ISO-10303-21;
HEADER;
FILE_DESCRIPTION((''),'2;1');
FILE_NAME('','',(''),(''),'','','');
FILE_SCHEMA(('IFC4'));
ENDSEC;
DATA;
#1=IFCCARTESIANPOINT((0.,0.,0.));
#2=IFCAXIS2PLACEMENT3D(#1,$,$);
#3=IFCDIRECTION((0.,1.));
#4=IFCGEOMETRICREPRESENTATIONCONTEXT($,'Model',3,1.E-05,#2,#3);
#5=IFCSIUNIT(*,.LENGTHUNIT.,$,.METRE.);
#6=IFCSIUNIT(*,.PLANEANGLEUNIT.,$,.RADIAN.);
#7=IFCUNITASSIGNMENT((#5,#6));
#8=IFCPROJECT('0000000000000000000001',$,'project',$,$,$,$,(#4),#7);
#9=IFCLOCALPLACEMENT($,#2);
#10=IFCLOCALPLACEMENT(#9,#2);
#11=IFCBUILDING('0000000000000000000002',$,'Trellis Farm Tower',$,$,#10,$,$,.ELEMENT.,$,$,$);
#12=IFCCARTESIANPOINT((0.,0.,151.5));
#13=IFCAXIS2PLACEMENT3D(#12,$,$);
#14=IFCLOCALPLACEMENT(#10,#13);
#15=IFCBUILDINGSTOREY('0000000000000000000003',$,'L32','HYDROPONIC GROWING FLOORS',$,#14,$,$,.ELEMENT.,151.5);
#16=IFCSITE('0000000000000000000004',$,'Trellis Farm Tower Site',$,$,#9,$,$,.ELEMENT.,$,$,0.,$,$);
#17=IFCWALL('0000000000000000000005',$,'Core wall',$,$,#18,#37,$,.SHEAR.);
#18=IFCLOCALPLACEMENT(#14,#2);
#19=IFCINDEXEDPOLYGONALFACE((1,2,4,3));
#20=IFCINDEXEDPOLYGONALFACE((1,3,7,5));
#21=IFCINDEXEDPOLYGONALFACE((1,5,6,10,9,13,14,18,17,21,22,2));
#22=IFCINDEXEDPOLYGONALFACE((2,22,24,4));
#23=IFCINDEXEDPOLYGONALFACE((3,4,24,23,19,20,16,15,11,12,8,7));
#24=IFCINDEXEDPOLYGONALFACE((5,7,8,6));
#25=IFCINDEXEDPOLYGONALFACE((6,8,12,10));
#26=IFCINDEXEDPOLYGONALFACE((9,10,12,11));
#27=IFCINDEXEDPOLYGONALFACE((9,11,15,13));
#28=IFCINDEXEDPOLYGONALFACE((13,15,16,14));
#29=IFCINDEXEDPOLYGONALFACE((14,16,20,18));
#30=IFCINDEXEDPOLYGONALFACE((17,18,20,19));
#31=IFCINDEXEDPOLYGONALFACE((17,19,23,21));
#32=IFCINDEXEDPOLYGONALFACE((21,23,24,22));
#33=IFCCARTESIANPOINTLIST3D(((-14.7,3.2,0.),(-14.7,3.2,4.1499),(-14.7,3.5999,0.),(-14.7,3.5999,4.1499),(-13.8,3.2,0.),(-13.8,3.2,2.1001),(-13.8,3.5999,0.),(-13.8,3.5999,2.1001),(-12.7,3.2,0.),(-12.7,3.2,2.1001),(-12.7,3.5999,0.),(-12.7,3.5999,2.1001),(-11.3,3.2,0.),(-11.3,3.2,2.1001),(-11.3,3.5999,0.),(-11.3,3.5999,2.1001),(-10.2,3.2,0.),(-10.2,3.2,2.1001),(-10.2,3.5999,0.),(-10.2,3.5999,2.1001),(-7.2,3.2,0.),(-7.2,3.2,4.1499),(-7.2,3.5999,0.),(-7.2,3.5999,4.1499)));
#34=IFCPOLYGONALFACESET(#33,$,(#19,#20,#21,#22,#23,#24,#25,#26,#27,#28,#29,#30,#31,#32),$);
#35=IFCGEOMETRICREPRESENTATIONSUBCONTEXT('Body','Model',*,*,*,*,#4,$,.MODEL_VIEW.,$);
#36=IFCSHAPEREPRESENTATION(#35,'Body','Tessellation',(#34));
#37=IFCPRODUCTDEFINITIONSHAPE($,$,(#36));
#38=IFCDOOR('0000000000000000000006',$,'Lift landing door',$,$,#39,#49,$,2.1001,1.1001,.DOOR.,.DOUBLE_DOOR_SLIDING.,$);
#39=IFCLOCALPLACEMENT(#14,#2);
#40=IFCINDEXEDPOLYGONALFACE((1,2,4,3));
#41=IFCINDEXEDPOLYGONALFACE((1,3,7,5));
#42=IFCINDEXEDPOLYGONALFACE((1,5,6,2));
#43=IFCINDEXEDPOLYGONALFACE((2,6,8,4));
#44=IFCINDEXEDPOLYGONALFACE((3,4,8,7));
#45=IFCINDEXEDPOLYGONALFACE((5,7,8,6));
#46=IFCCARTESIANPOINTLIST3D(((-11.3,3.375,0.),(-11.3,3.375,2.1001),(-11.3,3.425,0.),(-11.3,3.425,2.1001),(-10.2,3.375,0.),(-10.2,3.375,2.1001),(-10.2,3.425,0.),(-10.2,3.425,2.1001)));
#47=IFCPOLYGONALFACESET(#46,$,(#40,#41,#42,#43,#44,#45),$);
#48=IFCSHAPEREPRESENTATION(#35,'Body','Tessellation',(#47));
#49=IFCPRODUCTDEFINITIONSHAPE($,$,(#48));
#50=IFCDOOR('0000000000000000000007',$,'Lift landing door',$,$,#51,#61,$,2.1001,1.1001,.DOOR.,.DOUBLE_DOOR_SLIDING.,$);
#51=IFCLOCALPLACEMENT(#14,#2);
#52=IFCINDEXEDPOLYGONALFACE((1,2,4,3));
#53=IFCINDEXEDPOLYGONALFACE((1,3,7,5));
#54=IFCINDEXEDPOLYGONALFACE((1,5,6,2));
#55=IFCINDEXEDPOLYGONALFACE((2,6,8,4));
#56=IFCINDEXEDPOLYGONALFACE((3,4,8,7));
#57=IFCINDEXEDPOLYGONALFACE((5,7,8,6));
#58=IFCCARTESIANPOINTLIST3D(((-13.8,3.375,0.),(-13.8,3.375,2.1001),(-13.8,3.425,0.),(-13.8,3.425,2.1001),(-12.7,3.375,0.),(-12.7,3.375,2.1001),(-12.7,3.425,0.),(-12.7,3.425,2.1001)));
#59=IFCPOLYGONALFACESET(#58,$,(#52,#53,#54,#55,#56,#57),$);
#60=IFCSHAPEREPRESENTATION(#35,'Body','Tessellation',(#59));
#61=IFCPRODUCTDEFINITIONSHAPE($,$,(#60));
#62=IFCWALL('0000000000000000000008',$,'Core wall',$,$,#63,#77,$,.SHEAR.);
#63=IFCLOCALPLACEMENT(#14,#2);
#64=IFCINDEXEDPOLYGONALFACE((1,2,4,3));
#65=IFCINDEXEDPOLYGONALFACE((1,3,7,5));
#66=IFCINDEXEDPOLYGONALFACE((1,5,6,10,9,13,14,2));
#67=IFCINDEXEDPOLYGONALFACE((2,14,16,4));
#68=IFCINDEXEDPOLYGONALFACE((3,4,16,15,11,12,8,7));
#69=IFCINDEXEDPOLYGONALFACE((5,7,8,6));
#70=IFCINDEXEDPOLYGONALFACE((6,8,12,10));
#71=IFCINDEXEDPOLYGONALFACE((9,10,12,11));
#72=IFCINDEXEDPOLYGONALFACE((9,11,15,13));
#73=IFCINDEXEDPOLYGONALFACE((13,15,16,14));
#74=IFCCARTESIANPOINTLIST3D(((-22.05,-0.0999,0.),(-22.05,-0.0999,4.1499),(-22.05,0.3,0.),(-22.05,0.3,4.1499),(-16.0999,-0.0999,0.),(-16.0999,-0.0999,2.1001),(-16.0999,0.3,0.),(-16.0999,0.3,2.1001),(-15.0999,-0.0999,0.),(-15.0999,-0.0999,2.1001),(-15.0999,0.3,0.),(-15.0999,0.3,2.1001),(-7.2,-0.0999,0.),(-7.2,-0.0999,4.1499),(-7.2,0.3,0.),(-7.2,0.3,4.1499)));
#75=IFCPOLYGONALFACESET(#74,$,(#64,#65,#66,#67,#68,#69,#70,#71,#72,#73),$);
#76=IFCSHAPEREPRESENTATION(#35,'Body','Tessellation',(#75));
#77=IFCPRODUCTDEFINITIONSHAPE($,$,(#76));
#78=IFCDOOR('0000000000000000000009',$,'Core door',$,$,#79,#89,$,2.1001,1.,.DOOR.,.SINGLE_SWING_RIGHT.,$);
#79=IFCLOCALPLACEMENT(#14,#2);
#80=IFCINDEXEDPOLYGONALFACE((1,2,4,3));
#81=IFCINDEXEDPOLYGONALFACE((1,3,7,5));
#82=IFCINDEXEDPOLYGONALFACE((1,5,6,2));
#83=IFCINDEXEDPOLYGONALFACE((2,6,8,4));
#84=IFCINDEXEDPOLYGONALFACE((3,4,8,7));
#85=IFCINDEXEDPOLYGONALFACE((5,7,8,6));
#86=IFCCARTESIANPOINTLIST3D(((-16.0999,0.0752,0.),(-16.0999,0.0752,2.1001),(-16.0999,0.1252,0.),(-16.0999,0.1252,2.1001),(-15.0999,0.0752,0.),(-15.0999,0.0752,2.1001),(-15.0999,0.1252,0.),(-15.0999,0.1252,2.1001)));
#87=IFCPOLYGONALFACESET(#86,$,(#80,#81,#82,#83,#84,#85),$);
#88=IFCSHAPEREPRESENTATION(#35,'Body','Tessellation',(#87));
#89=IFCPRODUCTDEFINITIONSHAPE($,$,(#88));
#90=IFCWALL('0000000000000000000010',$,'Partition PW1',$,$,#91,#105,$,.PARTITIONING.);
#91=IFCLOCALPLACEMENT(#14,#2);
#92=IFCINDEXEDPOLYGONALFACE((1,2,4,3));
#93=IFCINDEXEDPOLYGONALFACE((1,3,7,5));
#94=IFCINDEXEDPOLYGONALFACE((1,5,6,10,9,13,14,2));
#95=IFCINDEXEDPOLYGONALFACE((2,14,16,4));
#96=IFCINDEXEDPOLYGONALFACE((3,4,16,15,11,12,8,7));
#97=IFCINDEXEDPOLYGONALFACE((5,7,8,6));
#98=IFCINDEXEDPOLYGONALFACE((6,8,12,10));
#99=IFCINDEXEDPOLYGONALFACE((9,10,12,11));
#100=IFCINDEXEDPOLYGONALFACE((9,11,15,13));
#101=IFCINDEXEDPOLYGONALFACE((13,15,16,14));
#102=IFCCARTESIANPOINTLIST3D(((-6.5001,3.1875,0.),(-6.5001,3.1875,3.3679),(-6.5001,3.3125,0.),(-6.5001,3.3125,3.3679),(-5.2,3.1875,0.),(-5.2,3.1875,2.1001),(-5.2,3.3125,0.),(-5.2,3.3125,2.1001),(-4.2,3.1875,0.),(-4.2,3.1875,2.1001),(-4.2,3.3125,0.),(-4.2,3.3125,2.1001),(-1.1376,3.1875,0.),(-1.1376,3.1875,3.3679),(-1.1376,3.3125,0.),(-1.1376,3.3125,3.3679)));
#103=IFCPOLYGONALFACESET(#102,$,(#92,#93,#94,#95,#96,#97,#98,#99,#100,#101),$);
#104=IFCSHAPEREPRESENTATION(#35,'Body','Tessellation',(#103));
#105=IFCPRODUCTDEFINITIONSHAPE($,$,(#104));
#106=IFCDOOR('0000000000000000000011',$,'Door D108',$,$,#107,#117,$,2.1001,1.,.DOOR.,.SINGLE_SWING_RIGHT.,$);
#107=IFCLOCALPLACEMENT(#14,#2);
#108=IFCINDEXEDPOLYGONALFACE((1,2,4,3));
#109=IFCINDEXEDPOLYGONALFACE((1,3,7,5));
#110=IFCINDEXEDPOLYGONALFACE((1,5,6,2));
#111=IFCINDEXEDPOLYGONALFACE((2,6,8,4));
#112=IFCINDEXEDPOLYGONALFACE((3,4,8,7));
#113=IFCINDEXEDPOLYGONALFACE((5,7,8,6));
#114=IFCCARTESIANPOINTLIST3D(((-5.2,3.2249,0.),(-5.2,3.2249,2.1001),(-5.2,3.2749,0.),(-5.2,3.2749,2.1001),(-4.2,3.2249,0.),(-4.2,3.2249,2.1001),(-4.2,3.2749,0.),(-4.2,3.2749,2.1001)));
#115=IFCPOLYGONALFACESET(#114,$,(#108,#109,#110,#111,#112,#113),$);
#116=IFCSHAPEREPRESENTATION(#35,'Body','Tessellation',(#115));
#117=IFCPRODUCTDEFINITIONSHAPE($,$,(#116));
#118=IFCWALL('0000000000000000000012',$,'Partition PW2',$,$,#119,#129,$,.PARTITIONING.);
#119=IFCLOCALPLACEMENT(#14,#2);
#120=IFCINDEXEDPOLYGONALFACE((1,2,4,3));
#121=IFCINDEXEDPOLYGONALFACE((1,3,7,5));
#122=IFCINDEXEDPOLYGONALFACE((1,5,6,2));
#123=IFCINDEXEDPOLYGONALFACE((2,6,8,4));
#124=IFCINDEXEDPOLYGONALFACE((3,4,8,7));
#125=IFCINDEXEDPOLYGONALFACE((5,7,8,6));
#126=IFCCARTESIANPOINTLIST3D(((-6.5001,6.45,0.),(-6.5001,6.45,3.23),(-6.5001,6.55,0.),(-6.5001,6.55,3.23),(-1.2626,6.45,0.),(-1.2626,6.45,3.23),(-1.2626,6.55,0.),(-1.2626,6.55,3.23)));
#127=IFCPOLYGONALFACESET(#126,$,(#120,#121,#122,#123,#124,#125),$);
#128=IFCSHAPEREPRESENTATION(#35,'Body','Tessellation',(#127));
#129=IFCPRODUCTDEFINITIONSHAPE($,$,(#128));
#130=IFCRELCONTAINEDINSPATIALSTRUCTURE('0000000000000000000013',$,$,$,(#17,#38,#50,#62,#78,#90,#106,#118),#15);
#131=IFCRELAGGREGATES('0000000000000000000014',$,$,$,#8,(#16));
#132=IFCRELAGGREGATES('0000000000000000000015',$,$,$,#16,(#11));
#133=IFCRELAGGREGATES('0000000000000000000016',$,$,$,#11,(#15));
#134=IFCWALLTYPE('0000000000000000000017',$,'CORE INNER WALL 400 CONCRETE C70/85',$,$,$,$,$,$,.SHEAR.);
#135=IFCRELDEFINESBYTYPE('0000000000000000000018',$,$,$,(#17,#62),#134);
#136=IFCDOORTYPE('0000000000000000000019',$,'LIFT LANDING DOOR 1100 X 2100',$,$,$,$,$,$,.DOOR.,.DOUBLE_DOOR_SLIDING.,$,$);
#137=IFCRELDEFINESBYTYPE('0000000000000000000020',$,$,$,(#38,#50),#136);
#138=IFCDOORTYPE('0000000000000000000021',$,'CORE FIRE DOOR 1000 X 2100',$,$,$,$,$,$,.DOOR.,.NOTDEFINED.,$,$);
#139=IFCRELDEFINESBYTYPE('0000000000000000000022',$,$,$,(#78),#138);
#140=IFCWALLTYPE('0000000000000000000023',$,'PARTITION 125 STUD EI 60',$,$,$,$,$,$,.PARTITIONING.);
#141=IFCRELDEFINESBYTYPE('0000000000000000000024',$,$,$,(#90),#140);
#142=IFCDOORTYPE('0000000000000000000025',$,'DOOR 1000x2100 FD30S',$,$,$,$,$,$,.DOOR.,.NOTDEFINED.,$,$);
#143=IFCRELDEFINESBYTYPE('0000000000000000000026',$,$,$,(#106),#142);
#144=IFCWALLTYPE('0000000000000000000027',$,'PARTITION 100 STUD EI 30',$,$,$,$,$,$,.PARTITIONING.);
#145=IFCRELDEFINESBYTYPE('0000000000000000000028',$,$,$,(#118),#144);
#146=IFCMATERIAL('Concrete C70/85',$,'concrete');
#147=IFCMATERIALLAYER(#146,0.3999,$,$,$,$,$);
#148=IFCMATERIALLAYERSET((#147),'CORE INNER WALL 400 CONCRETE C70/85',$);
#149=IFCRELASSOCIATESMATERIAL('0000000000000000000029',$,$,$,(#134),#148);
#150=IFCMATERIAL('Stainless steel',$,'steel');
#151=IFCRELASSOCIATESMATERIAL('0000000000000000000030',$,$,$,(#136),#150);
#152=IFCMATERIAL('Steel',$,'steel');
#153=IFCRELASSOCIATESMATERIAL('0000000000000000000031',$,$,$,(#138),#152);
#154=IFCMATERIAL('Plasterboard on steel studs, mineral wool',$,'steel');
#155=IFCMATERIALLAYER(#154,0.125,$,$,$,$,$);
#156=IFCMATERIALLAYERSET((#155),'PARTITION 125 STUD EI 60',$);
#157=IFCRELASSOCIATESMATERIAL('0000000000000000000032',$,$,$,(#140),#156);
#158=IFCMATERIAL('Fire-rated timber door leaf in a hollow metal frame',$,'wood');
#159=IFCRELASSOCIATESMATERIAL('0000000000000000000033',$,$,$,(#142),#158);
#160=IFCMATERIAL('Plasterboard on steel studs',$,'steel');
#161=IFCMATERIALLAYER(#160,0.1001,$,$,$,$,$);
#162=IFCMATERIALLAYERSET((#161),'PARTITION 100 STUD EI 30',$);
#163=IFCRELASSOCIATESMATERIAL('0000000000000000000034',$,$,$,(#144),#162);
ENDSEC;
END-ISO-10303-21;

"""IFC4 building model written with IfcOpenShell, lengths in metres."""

from ifc_helpers import new_model, si_unit, direction, frame, frame_2d, origin, place, context, subcontext, project, spatial, rectangle, extrude, source, transform, mapped, material, layer, layer_set, type_object, element, fill, save


model = new_model("IFC4")

# Units and contexts
model_context = context("Model", 3, precision=1e-05, world=origin(), true_north=direction((0.0, 1.0)))
body_context = subcontext(model_context, "Body", "Model", "MODEL_VIEW")
ifc_project = project(units=[si_unit("LENGTHUNIT", "METRE"), si_unit("PLANEANGLEUNIT", "RADIAN")], contexts=[model_context])

# Site, building, storey
site_placement = place(None, origin())
site = spatial("IfcSite", under=ifc_project, at=site_placement, Name="Trellis Farm Tower Site", CompositionType="ELEMENT", RefElevation=0.0)
building_placement = place(site_placement, origin())
building = spatial("IfcBuilding", under=site, at=building_placement, Name="Trellis Farm Tower", CompositionType="ELEMENT")
storey_placement = place(building_placement, frame((0.0, 0.0, 151.5)))
storey = spatial("IfcBuildingStorey", under=building, at=storey_placement, Name="L32", Description="HYDROPONIC GROWING FLOORS", CompositionType="ELEMENT", Elevation=151.5)

# Shared definitions
ifc_material_1 = material(Name="Concrete C70/85", Category="concrete")
ifc_material_2 = material(Name="Steel", Category="steel")

# Shared definitions
ifc_layer_1 = layer(ifc_material_1, 0.3999)
ifc_layer_set_1 = layer_set([ifc_layer_1], Name="CORE INNER WALL 400 CONCRETE C70/85")
wall_type_1 = type_object("IfcWallType", Name="CORE INNER WALL 400 CONCRETE C70/85", PredefinedType="SHEAR", material=ifc_layer_set_1)

# Wall, openings, doors
shared_shape_1 = source(origin(), body_context, "Body", "SweptSolid", [
    extrude(rectangle(XDim=7.5, YDim=0.3999, at=frame_2d((3.75, 0.0))), origin(), (0.0, 0.0, 1.0), 4.1499),
])
wall_1_placement = place(storey_placement, frame((-7.2, 3.3999, 0.0), z_axis=(0.0, 0.0, 1.0), x_axis=(-1.0, 0.0, 0.0)))
wall_1 = element("IfcWall", 1, at=wall_1_placement, inside=storey, type_object=wall_type_1, Name="Core wall", PredefinedType="SHEAR", context=body_context, shape_type="MappedRepresentation", body=[
    mapped(shared_shape_1, transform((0.0, 0.0, 0.0))),
])
shared_shape_2 = source(origin(), body_context, "Body", "SweptSolid", [
    extrude(rectangle(XDim=1.1001, YDim=2.1001, at=frame_2d((0.55, 1.05))), frame((0.0, 0.21, 0.0), z_axis=(0.0, -1.0, 0.0), x_axis=(1.0, 0.0, 0.0)), (0.0, 0.0, 1.0), 0.4199),
])
opening_1_placement = place(wall_1_placement, frame((3.0, 0.0, 0.0)))
opening_1 = element("IfcOpeningElement", 2, at=opening_1_placement, cuts=wall_1, PredefinedType="OPENING", context=body_context, shape_type="MappedRepresentation", body=[
    mapped(shared_shape_2, transform((0.0, 0.0, 0.0))),
])
opening_2_placement = place(wall_1_placement, frame((5.5, 0.0, 0.0)))
opening_2 = element("IfcOpeningElement", 3, at=opening_2_placement, cuts=wall_1, PredefinedType="OPENING", context=body_context, shape_type="MappedRepresentation", body=[
    mapped(shared_shape_2, transform((0.0, 0.0, 0.0))),
])
ifc_material_3 = material(Name="Stainless steel", Category="steel")
door_type_1 = type_object("IfcDoorType", Name="LIFT LANDING DOOR 1100 X 2100", OperationType="DOUBLE_DOOR_SLIDING", PredefinedType="DOOR", material=ifc_material_3)
shared_shape_3 = source(origin(), body_context, "Body", "SweptSolid", [
    extrude(rectangle(XDim=1.1001, YDim=2.1001, at=frame_2d((0.55, 1.05))), frame((0.0, 0.0249, 0.0), z_axis=(0.0, -1.0, 0.0), x_axis=(1.0, 0.0, 0.0)), (0.0, 0.0, 1.0), 0.05),
])
door_1_placement = place(opening_1_placement, origin())
door_1 = element("IfcDoor", 4, at=door_1_placement, inside=storey, type_object=door_type_1, Name="Lift landing door", OperationType="DOUBLE_DOOR_SLIDING", OverallHeight=2.1001, OverallWidth=1.1001, PredefinedType="DOOR", context=body_context, shape_type="MappedRepresentation", body=[
    mapped(shared_shape_3, transform((0.0, 0.0, 0.0))),
])
fill(opening_1, door_1)
door_2_placement = place(opening_2_placement, origin())
door_2 = element("IfcDoor", 5, at=door_2_placement, inside=storey, type_object=door_type_1, Name="Lift landing door", OperationType="DOUBLE_DOOR_SLIDING", OverallHeight=2.1001, OverallWidth=1.1001, PredefinedType="DOOR", context=body_context, shape_type="MappedRepresentation", body=[
    mapped(shared_shape_3, transform((0.0, 0.0, 0.0))),
])
fill(opening_2, door_2)

# Walls, openings, doors
shared_shape_4 = source(origin(), body_context, "Body", "SweptSolid", [
    extrude(rectangle(XDim=14.8501, YDim=0.3999, at=frame_2d((7.425, 0.0))), origin(), (0.0, 0.0, 1.0), 4.1499),
])
wall_2_placement = place(storey_placement, frame((-7.2, 0.1001, 0.0), z_axis=(0.0, 0.0, 1.0), x_axis=(-1.0, 0.0, 0.0)))
wall_2 = element("IfcWall", 6, at=wall_2_placement, inside=storey, type_object=wall_type_1, Name="Core wall", PredefinedType="SHEAR", context=body_context, shape_type="MappedRepresentation", body=[
    mapped(shared_shape_4, transform((0.0, 0.0, 0.0))),
])
shared_shape_5 = source(origin(), body_context, "Body", "SweptSolid", [
    extrude(rectangle(XDim=1.0, YDim=2.1001, at=frame_2d((0.5, 1.05))), frame((0.0, 0.21, 0.0), z_axis=(0.0, -1.0, 0.0), x_axis=(1.0, 0.0, 0.0)), (0.0, 0.0, 1.0), 0.4199),
])
opening_3_placement = place(wall_2_placement, frame((7.8999, 0.0, 0.0)))
opening_3 = element("IfcOpeningElement", 7, at=opening_3_placement, cuts=wall_2, PredefinedType="OPENING", context=body_context, shape_type="MappedRepresentation", body=[
    mapped(shared_shape_5, transform((0.0, 0.0, 0.0))),
])
door_type_2 = type_object("IfcDoorType", Name="CORE FIRE DOOR 1000 X 2100", OperationType="NOTDEFINED", PredefinedType="DOOR", material=ifc_material_2)
shared_shape_6 = source(origin(), body_context, "Body", "SweptSolid", [
    extrude(rectangle(XDim=1.0, YDim=2.1001, at=frame_2d((0.5, 1.05))), frame((0.0, 0.0249, 0.0), z_axis=(0.0, -1.0, 0.0), x_axis=(1.0, 0.0, 0.0)), (0.0, 0.0, 1.0), 0.05),
])
door_3_placement = place(opening_3_placement, origin())
door_3 = element("IfcDoor", 8, at=door_3_placement, inside=storey, type_object=door_type_2, Name="Core door", OperationType="SINGLE_SWING_RIGHT", OverallHeight=2.1001, OverallWidth=1.0, PredefinedType="DOOR", context=body_context, shape_type="MappedRepresentation", body=[
    mapped(shared_shape_6, transform((0.0, 0.0, 0.0))),
])
fill(opening_3, door_3)
ifc_material_4 = material(Name="Plasterboard on steel studs, mineral wool", Category="steel")
ifc_layer_2 = layer(ifc_material_4, 0.125)
ifc_layer_set_2 = layer_set([ifc_layer_2], Name="PARTITION 125 STUD EI 60")
wall_type_2 = type_object("IfcWallType", Name="PARTITION 125 STUD EI 60", PredefinedType="PARTITIONING", material=ifc_layer_set_2)
shared_shape_7 = source(origin(), body_context, "Body", "SweptSolid", [
    extrude(rectangle(XDim=5.3625, YDim=0.125, at=frame_2d((2.6812, 0.0))), origin(), (0.0, 0.0, 1.0), 3.3679),
])
wall_3_placement = place(storey_placement, frame((-6.5, 3.25, 0.0), z_axis=(0.0, 0.0, 1.0), x_axis=(1.0, 0.0, 0.0)))
wall_3 = element("IfcWall", 9, at=wall_3_placement, inside=storey, type_object=wall_type_2, Name="Partition PW1", PredefinedType="PARTITIONING", context=body_context, shape_type="MappedRepresentation", body=[
    mapped(shared_shape_7, transform((0.0, 0.0, 0.0))),
])
shared_shape_8 = source(origin(), body_context, "Body", "SweptSolid", [
    extrude(rectangle(XDim=1.0, YDim=2.1001, at=frame_2d((0.5, 1.05))), frame((0.0, 0.0725, 0.0), z_axis=(0.0, -1.0, 0.0), x_axis=(1.0, 0.0, 0.0)), (0.0, 0.0, 1.0), 0.145),
])
opening_4_placement = place(wall_3_placement, frame((1.3, 0.0, 0.0)))
opening_4 = element("IfcOpeningElement", 10, at=opening_4_placement, cuts=wall_3, PredefinedType="OPENING", context=body_context, shape_type="MappedRepresentation", body=[
    mapped(shared_shape_8, transform((0.0, 0.0, 0.0))),
])
ifc_material_5 = material(Name="Fire-rated timber door leaf in a hollow metal frame", Category="wood")
door_type_3 = type_object("IfcDoorType", Name="DOOR 1000x2100 FD30S", OperationType="NOTDEFINED", PredefinedType="DOOR", material=ifc_material_5)
door_4_placement = place(opening_4_placement, origin())
door_4 = element("IfcDoor", 11, at=door_4_placement, inside=storey, type_object=door_type_3, Name="Door D108", OperationType="SINGLE_SWING_RIGHT", OverallHeight=2.1001, OverallWidth=1.0, PredefinedType="DOOR", context=body_context, shape_type="MappedRepresentation", body=[
    mapped(shared_shape_6, transform((0.0, 0.0, 0.0))),
])
fill(opening_4, door_4)

# Wall
ifc_material_6 = material(Name="Plasterboard on steel studs", Category="steel")
ifc_layer_3 = layer(ifc_material_6, 0.1001)
ifc_layer_set_3 = layer_set([ifc_layer_3], Name="PARTITION 100 STUD EI 30")
wall_type_3 = type_object("IfcWallType", Name="PARTITION 100 STUD EI 30", PredefinedType="PARTITIONING", material=ifc_layer_set_3)
shared_shape_9 = source(origin(), body_context, "Body", "SweptSolid", [
    extrude(rectangle(XDim=5.2375, YDim=0.1001, at=frame_2d((2.6187, 0.0))), origin(), (0.0, 0.0, 1.0), 3.23),
])
wall_4_placement = place(storey_placement, frame((-6.5, 6.5, 0.0), z_axis=(0.0, 0.0, 1.0), x_axis=(1.0, 0.0, 0.0)))
element("IfcWall", 12, at=wall_4_placement, inside=storey, type_object=wall_type_3, Name="Partition PW2", PredefinedType="PARTITIONING", context=body_context, shape_type="MappedRepresentation", body=[
    mapped(shared_shape_9, transform((0.0, 0.0, 0.0))),
])

save(model, "model.ifc")
